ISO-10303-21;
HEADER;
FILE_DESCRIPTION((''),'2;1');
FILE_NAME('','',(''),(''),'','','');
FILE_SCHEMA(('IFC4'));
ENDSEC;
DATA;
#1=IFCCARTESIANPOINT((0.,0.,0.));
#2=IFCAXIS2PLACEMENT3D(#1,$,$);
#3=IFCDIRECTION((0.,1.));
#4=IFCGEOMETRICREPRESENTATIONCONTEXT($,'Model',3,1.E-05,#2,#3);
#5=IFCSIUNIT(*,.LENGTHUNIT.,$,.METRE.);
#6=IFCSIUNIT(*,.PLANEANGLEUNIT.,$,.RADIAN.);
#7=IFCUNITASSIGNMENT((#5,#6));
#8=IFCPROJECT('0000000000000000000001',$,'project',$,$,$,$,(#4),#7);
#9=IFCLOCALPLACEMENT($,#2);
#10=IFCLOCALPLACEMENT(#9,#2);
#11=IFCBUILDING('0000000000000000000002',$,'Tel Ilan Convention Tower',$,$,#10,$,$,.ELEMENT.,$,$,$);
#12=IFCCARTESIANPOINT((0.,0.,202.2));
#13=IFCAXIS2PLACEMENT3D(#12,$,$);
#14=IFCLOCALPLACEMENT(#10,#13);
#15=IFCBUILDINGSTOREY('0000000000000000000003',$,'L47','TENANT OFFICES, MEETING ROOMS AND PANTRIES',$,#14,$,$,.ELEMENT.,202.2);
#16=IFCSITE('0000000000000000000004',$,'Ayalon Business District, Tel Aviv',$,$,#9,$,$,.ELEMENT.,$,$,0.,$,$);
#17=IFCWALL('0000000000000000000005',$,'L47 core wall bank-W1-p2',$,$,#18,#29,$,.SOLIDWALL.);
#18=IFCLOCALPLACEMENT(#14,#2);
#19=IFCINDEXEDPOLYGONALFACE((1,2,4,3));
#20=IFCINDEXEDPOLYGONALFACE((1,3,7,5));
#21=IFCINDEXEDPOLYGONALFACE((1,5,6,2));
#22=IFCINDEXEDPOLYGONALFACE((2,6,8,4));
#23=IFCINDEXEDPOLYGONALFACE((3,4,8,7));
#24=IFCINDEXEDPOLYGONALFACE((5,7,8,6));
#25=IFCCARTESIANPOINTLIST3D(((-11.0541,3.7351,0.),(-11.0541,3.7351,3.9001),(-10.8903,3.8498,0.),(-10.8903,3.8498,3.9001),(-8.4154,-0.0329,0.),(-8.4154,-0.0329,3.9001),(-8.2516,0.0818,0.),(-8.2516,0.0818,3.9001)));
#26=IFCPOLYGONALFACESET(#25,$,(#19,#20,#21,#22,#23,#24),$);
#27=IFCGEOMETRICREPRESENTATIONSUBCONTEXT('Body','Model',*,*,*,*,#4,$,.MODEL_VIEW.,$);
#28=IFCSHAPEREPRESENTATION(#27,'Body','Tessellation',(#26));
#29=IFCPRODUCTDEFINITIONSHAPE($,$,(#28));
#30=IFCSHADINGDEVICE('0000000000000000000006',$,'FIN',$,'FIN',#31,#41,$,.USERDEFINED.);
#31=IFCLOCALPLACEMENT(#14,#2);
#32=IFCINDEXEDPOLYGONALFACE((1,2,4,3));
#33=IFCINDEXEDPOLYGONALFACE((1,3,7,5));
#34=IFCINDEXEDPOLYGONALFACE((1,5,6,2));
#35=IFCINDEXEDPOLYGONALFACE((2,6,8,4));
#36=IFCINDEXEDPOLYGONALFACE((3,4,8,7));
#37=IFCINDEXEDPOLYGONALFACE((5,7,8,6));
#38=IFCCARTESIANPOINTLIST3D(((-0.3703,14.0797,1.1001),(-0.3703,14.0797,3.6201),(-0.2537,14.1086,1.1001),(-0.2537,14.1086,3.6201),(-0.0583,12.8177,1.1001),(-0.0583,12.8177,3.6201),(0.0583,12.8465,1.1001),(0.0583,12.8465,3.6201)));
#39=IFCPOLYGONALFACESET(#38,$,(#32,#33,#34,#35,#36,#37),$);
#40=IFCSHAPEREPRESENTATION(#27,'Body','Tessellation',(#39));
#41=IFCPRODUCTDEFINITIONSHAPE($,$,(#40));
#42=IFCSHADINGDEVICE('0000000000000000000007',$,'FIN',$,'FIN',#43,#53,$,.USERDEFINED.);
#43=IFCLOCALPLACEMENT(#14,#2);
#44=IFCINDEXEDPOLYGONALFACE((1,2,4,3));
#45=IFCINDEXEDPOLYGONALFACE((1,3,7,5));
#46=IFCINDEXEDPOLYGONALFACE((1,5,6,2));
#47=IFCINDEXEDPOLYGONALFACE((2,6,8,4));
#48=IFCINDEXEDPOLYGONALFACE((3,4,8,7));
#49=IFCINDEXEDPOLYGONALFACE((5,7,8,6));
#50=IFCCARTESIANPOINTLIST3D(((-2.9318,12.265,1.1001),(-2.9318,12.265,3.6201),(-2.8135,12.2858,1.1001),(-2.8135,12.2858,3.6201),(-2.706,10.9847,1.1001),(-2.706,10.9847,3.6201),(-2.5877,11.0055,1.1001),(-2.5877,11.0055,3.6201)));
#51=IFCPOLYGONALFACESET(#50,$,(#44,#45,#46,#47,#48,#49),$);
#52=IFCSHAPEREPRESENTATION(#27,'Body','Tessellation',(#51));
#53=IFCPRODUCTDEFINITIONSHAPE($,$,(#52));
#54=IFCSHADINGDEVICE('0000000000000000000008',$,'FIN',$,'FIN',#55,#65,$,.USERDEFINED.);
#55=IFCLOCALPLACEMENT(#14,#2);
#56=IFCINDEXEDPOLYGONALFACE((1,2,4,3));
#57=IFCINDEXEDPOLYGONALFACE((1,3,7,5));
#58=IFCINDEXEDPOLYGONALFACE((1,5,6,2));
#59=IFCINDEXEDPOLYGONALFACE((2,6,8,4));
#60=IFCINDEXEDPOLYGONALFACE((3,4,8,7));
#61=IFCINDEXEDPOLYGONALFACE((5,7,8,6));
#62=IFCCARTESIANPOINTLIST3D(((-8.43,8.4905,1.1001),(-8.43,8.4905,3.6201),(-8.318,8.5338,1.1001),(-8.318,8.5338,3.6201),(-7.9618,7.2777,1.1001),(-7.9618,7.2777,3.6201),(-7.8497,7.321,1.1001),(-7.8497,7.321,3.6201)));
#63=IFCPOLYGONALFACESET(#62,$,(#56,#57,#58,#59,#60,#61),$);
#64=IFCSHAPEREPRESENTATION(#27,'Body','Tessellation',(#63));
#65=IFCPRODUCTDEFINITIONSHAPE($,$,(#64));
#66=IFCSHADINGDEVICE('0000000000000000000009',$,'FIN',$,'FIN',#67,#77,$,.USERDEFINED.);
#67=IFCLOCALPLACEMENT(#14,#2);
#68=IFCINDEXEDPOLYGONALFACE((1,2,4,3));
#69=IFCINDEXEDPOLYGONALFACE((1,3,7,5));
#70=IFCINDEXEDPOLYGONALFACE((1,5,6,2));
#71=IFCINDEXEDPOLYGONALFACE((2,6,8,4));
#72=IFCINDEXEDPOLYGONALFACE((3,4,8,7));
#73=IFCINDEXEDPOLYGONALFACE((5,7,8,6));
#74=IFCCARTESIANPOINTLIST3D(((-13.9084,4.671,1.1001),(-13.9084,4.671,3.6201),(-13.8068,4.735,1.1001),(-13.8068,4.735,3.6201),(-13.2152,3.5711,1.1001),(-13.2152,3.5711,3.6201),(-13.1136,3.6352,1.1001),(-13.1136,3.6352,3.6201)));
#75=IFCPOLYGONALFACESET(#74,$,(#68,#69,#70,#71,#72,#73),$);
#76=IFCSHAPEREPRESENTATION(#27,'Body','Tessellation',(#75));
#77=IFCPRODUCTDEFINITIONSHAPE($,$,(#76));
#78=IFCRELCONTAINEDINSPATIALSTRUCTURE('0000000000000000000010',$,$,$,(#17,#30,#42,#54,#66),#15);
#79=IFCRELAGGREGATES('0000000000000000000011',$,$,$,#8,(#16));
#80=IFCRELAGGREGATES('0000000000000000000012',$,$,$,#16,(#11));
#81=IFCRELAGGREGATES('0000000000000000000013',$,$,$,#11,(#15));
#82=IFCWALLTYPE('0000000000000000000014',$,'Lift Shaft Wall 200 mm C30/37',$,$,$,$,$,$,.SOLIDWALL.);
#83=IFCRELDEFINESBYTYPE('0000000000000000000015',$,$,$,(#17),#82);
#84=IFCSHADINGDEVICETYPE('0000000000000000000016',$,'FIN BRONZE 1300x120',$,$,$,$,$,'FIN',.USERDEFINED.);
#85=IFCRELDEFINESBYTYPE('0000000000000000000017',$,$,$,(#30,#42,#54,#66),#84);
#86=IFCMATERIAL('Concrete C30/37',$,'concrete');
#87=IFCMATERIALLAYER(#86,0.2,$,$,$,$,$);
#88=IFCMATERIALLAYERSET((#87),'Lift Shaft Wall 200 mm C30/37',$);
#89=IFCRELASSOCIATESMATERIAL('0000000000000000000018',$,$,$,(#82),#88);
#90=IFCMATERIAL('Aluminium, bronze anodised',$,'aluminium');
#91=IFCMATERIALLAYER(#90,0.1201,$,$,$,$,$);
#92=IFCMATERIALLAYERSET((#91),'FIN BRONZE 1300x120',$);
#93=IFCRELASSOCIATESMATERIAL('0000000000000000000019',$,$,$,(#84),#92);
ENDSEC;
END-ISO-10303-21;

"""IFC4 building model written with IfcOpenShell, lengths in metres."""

from ifc_helpers import new_model, si_unit, direction, frame, frame_2d, origin, origin_2d, place, context, subcontext, project, spatial, rectangle, extrude, material, layer, layer_set, type_object, element, save


model = new_model("IFC4")

# Units and contexts
model_context = context("Model", 3, precision=1e-05, world=origin(), true_north=direction((0.0, 1.0)))
body_context = subcontext(model_context, "Body", "Model", "MODEL_VIEW")
ifc_project = project(units=[si_unit("LENGTHUNIT", "METRE"), si_unit("PLANEANGLEUNIT", "RADIAN")], contexts=[model_context])

# Site, building, storey
site_placement = place(None, origin())
site = spatial("IfcSite", under=ifc_project, at=site_placement, Name="Ayalon Business District, Tel Aviv", CompositionType="ELEMENT", RefElevation=0.0)
building_placement = place(site_placement, origin())
building = spatial("IfcBuilding", under=site, at=building_placement, Name="Tel Ilan Convention Tower", CompositionType="ELEMENT")
storey_placement = place(building_placement, frame((0.0, 0.0, 202.2)))
storey = spatial("IfcBuildingStorey", under=building, at=storey_placement, Name="L47", Description="TENANT OFFICES, MEETING ROOMS AND PANTRIES", CompositionType="ELEMENT", Elevation=202.2)

# Wall
ifc_material_1 = material(Name="Concrete C30/37", Category="concrete")
ifc_layer_1 = layer(ifc_material_1, 0.2)
ifc_layer_set_1 = layer_set([ifc_layer_1], Name="Lift Shaft Wall 200 mm C30/37")
wall_type_1 = type_object("IfcWallType", Name="Lift Shaft Wall 200 mm C30/37", PredefinedType="SOLIDWALL", material=ifc_layer_set_1)
wall_1_placement = place(storey_placement, frame((-8.3335, 0.0244, 0.0), z_axis=(0.0, 0.0, 1.0), x_axis=(-0.573612, 0.819127, 0.0)))
element("IfcWall", 1, at=wall_1_placement, inside=storey, type_object=wall_type_1, Name="L47 core wall bank-W1-p2", PredefinedType="SOLIDWALL", context=body_context, shape_type="SweptSolid", body=[
    extrude(rectangle(XDim=4.6001, YDim=0.2, at=frame_2d((2.3, 0.0))), origin(), (0.0, 0.0, 1.0), 3.9001),
])

# Shading devices
ifc_material_2 = material(Name="Aluminium, bronze anodised", Category="aluminium")
ifc_layer_2 = layer(ifc_material_2, 0.1201)
ifc_layer_set_2 = layer_set([ifc_layer_2], Name="FIN BRONZE 1300x120")
shading_device_type = type_object("IfcShadingDeviceType", Name="FIN BRONZE 1300x120", ElementType="FIN", PredefinedType="USERDEFINED", material=ifc_layer_set_2)
for number, where, z_axis, x_axis, name in (
    (2, (-0.156, 13.4631, 1.1001), (0.0, 0.0, 1.0), (-0.24004, 0.970763, 0.0), "FIN"),
    (3, (-2.7598, 11.6353, 1.1001), (0.0, 0.0, 1.0), (-0.173648, 0.984808, 0.0), "FIN"),
    (4, (-8.1399, 7.9058, 1.1001), (0.0, 0.0, 1.0), (-0.360178, 0.932884, 0.0), "FIN"),
    (5, (-13.511, 4.1531, 1.1001), (0.0, 0.0, 1.0), (-0.533204, 0.845986, 0.0), "FIN"),
):
    element("IfcShadingDevice", number, at=place(storey_placement, frame(where, z_axis=z_axis, x_axis=x_axis)), inside=storey, type_object=shading_device_type, Name=name, ObjectType="FIN", PredefinedType="USERDEFINED", context=body_context, shape_type="SweptSolid", body=[
        extrude(rectangle(XDim=1.3, YDim=0.1201, at=origin_2d()), origin(), (0.0, 0.0, 1.0), 2.52),
    ])

save(model, "model.ifc")
